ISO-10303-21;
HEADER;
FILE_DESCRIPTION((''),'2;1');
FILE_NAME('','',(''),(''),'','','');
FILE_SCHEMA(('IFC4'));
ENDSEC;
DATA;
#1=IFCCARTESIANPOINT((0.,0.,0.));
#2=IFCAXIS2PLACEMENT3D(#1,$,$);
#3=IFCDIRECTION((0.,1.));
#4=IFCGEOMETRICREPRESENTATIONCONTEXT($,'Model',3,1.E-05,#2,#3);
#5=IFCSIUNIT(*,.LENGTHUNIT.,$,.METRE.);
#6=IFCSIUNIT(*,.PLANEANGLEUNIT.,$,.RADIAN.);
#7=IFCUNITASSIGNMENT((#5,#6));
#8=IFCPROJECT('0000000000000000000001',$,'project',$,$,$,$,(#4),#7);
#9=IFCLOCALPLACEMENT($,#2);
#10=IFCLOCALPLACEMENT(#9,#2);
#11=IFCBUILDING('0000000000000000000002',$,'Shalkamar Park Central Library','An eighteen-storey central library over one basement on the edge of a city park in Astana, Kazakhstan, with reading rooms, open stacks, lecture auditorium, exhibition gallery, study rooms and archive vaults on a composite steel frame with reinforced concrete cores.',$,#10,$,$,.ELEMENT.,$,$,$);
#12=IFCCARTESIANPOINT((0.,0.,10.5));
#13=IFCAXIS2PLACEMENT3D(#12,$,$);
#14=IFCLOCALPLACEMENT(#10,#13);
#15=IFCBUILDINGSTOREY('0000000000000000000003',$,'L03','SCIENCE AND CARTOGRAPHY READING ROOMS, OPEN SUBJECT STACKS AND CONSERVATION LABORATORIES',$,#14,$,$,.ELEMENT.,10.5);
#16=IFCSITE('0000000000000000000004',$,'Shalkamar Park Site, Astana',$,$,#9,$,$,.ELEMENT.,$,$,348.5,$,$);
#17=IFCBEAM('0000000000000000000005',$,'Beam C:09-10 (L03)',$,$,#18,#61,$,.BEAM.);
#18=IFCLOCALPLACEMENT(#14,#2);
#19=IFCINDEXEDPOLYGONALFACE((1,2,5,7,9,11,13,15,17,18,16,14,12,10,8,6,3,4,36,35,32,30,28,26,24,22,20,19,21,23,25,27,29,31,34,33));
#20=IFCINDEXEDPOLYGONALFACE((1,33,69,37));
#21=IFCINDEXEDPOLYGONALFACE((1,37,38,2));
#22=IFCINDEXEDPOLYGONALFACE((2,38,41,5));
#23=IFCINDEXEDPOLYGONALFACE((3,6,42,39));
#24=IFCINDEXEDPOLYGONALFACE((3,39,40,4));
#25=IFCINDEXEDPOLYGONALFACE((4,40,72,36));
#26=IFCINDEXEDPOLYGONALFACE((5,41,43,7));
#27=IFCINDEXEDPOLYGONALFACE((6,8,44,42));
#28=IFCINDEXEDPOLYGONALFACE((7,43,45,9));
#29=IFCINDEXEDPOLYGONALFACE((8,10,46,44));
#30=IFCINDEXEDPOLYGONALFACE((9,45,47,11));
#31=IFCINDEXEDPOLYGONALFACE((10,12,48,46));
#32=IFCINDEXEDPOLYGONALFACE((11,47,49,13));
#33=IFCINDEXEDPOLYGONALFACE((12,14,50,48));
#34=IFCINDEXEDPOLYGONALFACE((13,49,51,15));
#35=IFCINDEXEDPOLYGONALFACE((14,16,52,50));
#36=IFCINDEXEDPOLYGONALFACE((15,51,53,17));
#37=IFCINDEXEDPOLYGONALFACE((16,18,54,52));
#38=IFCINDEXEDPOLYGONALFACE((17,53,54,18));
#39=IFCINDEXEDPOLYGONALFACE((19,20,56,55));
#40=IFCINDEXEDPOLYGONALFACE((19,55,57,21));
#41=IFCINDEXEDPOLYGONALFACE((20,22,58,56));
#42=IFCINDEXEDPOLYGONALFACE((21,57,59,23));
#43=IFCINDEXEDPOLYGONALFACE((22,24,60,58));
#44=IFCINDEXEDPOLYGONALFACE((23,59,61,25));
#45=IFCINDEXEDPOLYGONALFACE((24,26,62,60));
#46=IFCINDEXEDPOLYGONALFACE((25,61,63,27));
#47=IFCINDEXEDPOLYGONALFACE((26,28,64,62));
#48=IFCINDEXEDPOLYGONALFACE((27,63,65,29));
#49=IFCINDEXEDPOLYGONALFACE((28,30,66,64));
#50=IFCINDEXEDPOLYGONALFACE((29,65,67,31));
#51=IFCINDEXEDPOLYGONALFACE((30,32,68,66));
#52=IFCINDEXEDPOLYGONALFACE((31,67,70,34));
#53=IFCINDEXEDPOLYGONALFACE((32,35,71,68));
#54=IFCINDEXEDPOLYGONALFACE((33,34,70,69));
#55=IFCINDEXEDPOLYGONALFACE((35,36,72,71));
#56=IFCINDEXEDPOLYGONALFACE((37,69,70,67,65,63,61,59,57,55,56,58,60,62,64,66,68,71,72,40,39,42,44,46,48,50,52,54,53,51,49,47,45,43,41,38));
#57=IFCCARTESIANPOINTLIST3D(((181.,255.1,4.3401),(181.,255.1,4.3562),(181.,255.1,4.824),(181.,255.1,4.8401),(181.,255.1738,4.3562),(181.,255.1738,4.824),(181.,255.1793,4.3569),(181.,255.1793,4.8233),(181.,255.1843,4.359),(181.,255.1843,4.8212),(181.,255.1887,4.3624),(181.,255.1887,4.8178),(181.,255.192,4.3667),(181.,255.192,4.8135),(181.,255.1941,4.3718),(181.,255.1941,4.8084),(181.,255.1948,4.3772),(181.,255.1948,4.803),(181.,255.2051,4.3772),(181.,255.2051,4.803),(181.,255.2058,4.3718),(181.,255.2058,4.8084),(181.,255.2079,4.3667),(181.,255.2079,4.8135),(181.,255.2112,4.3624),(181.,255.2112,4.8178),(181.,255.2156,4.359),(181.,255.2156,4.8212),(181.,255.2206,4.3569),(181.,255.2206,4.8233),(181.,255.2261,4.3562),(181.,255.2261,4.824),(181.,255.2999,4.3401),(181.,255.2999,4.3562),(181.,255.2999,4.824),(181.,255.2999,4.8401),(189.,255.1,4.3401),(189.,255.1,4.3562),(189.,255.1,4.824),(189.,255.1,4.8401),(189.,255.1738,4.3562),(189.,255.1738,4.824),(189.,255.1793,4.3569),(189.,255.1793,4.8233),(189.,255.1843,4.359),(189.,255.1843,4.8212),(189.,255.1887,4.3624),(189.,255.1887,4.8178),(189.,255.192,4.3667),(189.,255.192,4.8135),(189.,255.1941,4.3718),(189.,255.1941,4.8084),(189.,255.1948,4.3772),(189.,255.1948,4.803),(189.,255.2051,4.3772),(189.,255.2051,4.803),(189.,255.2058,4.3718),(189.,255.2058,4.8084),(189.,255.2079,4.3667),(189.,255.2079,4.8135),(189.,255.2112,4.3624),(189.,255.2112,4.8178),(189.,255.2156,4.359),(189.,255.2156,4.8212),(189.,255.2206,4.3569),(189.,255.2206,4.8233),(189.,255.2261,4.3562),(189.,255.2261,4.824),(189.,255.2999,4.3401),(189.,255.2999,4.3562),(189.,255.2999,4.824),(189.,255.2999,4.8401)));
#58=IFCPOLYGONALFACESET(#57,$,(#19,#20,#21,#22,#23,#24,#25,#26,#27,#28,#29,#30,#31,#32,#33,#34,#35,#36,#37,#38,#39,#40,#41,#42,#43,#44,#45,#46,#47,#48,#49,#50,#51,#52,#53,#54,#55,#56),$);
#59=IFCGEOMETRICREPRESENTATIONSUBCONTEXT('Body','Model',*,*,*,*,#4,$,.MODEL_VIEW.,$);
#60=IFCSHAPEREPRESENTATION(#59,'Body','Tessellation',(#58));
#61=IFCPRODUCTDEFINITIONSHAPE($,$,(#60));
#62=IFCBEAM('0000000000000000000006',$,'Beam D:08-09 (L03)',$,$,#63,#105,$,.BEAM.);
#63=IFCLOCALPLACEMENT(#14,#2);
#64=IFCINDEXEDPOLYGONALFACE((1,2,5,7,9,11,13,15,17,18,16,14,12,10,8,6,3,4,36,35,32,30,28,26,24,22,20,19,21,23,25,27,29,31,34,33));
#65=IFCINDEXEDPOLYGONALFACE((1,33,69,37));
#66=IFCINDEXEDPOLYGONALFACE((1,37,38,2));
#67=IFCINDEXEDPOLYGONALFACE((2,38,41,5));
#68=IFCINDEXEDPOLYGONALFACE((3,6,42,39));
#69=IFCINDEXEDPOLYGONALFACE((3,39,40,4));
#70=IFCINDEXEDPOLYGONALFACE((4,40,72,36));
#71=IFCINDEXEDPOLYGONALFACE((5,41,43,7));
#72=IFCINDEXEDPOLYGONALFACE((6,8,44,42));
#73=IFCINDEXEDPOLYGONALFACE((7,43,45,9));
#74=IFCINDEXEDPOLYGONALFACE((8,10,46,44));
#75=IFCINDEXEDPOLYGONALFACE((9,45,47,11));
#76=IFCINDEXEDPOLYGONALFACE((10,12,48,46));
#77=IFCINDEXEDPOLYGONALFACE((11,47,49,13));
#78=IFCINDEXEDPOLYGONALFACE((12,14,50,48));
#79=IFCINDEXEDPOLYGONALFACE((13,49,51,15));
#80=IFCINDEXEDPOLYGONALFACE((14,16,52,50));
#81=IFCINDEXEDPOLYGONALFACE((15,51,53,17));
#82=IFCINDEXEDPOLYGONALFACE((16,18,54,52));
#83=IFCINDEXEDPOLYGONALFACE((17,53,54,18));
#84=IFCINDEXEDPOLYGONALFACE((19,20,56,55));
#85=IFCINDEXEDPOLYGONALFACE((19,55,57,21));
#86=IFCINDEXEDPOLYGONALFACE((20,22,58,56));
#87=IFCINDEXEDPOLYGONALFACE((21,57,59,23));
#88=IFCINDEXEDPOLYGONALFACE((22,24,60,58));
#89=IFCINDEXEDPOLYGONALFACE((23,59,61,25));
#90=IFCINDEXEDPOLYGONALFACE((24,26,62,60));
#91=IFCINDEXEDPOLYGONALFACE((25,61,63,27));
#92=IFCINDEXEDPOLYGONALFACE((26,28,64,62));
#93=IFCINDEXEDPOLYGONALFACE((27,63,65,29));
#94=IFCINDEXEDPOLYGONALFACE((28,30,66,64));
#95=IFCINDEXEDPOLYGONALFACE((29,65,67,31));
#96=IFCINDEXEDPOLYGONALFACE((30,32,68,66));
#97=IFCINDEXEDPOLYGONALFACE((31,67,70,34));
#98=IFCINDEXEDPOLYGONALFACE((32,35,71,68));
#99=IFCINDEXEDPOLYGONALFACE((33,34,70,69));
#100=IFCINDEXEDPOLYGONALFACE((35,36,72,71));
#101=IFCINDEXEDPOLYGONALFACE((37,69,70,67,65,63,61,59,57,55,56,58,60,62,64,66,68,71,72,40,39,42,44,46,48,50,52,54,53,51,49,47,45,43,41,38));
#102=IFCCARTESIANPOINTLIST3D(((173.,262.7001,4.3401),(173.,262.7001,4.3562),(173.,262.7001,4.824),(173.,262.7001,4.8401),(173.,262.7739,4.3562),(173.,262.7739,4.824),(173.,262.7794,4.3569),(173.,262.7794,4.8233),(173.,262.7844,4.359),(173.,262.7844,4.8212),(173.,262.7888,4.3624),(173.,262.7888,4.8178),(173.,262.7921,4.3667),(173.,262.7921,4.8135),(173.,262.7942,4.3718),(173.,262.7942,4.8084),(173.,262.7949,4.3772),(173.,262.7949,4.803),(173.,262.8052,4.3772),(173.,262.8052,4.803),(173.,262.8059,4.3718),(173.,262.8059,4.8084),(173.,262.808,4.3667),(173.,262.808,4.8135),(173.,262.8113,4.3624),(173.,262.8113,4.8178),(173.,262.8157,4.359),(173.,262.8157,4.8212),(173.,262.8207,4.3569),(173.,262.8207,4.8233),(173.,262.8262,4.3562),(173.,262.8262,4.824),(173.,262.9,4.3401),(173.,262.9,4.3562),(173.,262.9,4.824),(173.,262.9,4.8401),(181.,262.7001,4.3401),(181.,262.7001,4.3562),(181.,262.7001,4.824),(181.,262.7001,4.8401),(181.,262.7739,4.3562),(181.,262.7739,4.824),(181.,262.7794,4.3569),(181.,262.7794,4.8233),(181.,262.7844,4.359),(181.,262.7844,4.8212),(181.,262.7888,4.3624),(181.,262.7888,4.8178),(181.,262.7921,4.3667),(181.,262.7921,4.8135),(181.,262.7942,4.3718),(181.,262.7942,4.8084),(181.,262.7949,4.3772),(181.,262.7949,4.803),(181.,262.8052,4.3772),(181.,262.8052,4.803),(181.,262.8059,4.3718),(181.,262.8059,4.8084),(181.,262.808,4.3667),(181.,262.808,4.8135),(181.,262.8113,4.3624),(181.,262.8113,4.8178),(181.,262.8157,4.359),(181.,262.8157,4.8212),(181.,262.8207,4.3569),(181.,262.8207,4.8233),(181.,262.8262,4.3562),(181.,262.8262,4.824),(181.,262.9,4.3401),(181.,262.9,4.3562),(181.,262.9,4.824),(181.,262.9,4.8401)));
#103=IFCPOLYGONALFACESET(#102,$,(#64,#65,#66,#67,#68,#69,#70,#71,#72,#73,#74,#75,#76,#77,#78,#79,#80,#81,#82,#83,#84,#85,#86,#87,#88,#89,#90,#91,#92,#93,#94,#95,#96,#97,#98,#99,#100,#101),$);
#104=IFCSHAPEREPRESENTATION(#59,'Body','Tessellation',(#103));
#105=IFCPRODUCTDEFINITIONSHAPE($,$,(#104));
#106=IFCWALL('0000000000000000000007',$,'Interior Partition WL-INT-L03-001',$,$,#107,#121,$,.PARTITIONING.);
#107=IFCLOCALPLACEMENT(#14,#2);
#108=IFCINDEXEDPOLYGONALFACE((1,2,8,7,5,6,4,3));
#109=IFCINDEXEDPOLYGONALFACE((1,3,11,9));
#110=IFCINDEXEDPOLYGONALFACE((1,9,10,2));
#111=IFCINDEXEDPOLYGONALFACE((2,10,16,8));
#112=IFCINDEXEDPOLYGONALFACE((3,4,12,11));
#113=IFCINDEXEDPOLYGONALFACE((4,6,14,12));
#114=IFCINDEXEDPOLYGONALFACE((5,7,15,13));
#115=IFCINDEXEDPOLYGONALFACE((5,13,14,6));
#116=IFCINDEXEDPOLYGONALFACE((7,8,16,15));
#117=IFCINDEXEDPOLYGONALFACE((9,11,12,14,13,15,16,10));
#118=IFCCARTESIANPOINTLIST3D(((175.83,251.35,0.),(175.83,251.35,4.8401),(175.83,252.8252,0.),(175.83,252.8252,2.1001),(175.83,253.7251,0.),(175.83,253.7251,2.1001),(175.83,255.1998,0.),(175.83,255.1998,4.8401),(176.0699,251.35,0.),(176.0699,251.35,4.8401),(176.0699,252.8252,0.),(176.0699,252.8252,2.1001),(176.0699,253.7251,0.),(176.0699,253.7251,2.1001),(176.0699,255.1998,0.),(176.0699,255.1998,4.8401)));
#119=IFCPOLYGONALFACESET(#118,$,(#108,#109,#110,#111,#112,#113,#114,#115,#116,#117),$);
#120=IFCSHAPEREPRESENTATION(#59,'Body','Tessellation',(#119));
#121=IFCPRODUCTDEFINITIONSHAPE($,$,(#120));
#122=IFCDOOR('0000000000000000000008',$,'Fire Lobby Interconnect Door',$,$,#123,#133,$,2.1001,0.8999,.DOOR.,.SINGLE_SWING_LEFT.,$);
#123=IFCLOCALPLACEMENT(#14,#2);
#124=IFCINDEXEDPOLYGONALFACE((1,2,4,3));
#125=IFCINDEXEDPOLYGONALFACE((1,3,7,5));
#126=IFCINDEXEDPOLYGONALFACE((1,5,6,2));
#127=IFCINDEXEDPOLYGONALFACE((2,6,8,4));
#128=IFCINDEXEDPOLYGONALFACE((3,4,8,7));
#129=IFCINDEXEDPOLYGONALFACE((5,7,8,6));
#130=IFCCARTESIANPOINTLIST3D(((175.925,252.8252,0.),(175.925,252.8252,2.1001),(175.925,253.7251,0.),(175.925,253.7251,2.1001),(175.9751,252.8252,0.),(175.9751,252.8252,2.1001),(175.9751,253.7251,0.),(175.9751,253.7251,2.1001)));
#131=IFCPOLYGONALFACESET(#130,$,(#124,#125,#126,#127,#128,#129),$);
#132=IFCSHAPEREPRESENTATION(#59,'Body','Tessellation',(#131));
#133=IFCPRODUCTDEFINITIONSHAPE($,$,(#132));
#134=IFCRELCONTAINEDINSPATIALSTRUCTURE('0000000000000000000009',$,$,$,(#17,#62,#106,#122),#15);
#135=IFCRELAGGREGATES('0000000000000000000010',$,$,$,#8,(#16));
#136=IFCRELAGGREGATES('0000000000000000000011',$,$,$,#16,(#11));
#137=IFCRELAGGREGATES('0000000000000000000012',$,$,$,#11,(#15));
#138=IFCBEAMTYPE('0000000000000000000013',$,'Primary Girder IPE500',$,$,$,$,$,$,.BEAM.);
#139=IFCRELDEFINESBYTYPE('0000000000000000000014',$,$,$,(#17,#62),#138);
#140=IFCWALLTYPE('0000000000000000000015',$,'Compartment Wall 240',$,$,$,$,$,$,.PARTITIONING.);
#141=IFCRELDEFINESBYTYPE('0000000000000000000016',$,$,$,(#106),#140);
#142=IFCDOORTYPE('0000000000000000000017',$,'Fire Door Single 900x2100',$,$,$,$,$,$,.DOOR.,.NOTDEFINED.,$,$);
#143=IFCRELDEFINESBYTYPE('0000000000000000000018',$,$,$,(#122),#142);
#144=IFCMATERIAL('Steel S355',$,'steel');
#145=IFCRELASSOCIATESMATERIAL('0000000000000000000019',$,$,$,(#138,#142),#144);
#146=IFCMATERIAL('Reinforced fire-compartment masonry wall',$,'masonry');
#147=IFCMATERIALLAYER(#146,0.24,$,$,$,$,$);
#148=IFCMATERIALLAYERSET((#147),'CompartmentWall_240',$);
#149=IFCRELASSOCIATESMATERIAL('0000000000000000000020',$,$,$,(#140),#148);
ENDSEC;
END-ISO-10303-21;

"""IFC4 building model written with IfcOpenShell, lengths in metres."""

from ifc_helpers import new_model, si_unit, direction, frame, frame_2d, origin, origin_2d, place, context, subcontext, project, spatial, rectangle, i_section, extrude, material, layer, layer_set, material_profile, profile_set, type_object, element, fill, save


model = new_model("IFC4")

# Units and contexts
model_context = context("Model", 3, precision=1e-05, world=origin(), true_north=direction((0.0, 1.0)))
body_context = subcontext(model_context, "Body", "Model", "MODEL_VIEW")
ifc_project = project(units=[si_unit("LENGTHUNIT", "METRE"), si_unit("PLANEANGLEUNIT", "RADIAN")], contexts=[model_context])

# Site, building, storey
site_placement = place(None, origin())
site = spatial("IfcSite", under=ifc_project, at=site_placement, Name="Shalkamar Park Site, Astana", CompositionType="ELEMENT", RefElevation=348.5)
building_placement = place(site_placement, origin())
building = spatial("IfcBuilding", under=site, at=building_placement, Name="Shalkamar Park Central Library", Description="An eighteen-storey central library over one basement on the edge of a city park in Astana, Kazakhstan, with reading rooms, open stacks, lecture auditorium, exhibition gallery, study rooms and archive vaults on a composite steel frame with reinforced concrete cores.", CompositionType="ELEMENT")
storey_placement = place(building_placement, frame((0.0, 0.0, 10.5)))
storey = spatial("IfcBuildingStorey", under=building, at=storey_placement, Name="L03", Description="SCIENCE AND CARTOGRAPHY READING ROOMS, OPEN SUBJECT STACKS AND CONSERVATION LABORATORIES", CompositionType="ELEMENT", Elevation=10.5)

# Shared definitions
ifc_material_1 = material(Name="Steel S355", Category="steel")

# Beams
ifc_material_profile_1 = material_profile(ifc_material_1, i_section(OverallWidth=0.2, OverallDepth=0.5, WebThickness=0.0103, FlangeThickness=0.0161, FilletRadius=0.021, at=origin_2d()), Name="IPE 500")
ifc_profile_set_1 = profile_set([ifc_material_profile_1], Name="Steel S355")
beam_type_1 = type_object("IfcBeamType", Name="Primary Girder IPE500", PredefinedType="BEAM", material=ifc_profile_set_1)
for number, where, z_axis, x_axis, name in (
    (1, (181.0, 255.2, 4.5901), (1.0, 0.0, 0.0), (0.0, 1.0, 0.0), "Beam C:09-10 (L03)"),
    (2, (173.0, 262.8, 4.5901), (1.0, 0.0, 0.0), (0.0, 1.0, 0.0), "Beam D:08-09 (L03)"),
):
    element("IfcBeam", number, at=place(storey_placement, frame(where, z_axis=z_axis, x_axis=x_axis)), inside=storey, type_object=beam_type_1, Name=name, PredefinedType="BEAM", context=body_context, shape_type="SweptSolid", body=[
        extrude(i_section(OverallWidth=0.2, OverallDepth=0.5, WebThickness=0.0103, FlangeThickness=0.0161, FilletRadius=0.021, at=origin_2d()), origin(), (0.0, 0.0, 1.0), 8.0),
    ])

# Wall, opening, door
ifc_material_2 = material(Name="Reinforced fire-compartment masonry wall", Category="masonry")
ifc_layer_1 = layer(ifc_material_2, 0.24)
ifc_layer_set_1 = layer_set([ifc_layer_1], Name="CompartmentWall_240")
wall_type_1 = type_object("IfcWallType", Name="Compartment Wall 240", PredefinedType="PARTITIONING", material=ifc_layer_set_1)
wall_1_placement = place(storey_placement, frame((175.95, 251.3501, 0.0), z_axis=(0.0, 0.0, 1.0), x_axis=(0.0, 1.0, 0.0)))
wall_1 = element("IfcWall", 3, at=wall_1_placement, inside=storey, type_object=wall_type_1, Name="Interior Partition WL-INT-L03-001", PredefinedType="PARTITIONING", context=body_context, shape_type="SweptSolid", body=[
    extrude(rectangle(XDim=3.8499, YDim=0.24, at=frame_2d((1.9248, 0.0))), origin(), (0.0, 0.0, 1.0), 4.8401),
])
opening_1_placement = place(wall_1_placement, frame((1.4751, 0.0, 0.0)))
opening_1 = element("IfcOpeningElement", 4, at=opening_1_placement, cuts=wall_1, PredefinedType="OPENING", context=body_context, shape_type="SweptSolid", body=[
    extrude(rectangle(XDim=0.8999, YDim=2.1001, at=frame_2d((0.45, 1.05))), frame((0.0, 0.1348, 0.0), z_axis=(0.0, -1.0, 0.0), x_axis=(1.0, 0.0, 0.0)), (0.0, 0.0, 1.0), 0.2698),
])
door_type_1 = type_object("IfcDoorType", Name="Fire Door Single 900x2100", OperationType="NOTDEFINED", PredefinedType="DOOR", material=ifc_material_1)
door_1_placement = place(opening_1_placement, origin())
door_1 = element("IfcDoor", 5, at=door_1_placement, inside=storey, type_object=door_type_1, Name="Fire Lobby Interconnect Door", OperationType="SINGLE_SWING_LEFT", OverallHeight=2.1001, OverallWidth=0.8999, PredefinedType="DOOR", context=body_context, shape_type="SweptSolid", body=[
    extrude(rectangle(XDim=0.8999, YDim=2.1001, at=frame_2d((0.45, 1.05))), frame((0.0, 0.0249, 0.0), z_axis=(0.0, -1.0, 0.0), x_axis=(1.0, 0.0, 0.0)), (0.0, 0.0, 1.0), 0.05),
])
fill(opening_1, door_1)

save(model, "model.ifc")
